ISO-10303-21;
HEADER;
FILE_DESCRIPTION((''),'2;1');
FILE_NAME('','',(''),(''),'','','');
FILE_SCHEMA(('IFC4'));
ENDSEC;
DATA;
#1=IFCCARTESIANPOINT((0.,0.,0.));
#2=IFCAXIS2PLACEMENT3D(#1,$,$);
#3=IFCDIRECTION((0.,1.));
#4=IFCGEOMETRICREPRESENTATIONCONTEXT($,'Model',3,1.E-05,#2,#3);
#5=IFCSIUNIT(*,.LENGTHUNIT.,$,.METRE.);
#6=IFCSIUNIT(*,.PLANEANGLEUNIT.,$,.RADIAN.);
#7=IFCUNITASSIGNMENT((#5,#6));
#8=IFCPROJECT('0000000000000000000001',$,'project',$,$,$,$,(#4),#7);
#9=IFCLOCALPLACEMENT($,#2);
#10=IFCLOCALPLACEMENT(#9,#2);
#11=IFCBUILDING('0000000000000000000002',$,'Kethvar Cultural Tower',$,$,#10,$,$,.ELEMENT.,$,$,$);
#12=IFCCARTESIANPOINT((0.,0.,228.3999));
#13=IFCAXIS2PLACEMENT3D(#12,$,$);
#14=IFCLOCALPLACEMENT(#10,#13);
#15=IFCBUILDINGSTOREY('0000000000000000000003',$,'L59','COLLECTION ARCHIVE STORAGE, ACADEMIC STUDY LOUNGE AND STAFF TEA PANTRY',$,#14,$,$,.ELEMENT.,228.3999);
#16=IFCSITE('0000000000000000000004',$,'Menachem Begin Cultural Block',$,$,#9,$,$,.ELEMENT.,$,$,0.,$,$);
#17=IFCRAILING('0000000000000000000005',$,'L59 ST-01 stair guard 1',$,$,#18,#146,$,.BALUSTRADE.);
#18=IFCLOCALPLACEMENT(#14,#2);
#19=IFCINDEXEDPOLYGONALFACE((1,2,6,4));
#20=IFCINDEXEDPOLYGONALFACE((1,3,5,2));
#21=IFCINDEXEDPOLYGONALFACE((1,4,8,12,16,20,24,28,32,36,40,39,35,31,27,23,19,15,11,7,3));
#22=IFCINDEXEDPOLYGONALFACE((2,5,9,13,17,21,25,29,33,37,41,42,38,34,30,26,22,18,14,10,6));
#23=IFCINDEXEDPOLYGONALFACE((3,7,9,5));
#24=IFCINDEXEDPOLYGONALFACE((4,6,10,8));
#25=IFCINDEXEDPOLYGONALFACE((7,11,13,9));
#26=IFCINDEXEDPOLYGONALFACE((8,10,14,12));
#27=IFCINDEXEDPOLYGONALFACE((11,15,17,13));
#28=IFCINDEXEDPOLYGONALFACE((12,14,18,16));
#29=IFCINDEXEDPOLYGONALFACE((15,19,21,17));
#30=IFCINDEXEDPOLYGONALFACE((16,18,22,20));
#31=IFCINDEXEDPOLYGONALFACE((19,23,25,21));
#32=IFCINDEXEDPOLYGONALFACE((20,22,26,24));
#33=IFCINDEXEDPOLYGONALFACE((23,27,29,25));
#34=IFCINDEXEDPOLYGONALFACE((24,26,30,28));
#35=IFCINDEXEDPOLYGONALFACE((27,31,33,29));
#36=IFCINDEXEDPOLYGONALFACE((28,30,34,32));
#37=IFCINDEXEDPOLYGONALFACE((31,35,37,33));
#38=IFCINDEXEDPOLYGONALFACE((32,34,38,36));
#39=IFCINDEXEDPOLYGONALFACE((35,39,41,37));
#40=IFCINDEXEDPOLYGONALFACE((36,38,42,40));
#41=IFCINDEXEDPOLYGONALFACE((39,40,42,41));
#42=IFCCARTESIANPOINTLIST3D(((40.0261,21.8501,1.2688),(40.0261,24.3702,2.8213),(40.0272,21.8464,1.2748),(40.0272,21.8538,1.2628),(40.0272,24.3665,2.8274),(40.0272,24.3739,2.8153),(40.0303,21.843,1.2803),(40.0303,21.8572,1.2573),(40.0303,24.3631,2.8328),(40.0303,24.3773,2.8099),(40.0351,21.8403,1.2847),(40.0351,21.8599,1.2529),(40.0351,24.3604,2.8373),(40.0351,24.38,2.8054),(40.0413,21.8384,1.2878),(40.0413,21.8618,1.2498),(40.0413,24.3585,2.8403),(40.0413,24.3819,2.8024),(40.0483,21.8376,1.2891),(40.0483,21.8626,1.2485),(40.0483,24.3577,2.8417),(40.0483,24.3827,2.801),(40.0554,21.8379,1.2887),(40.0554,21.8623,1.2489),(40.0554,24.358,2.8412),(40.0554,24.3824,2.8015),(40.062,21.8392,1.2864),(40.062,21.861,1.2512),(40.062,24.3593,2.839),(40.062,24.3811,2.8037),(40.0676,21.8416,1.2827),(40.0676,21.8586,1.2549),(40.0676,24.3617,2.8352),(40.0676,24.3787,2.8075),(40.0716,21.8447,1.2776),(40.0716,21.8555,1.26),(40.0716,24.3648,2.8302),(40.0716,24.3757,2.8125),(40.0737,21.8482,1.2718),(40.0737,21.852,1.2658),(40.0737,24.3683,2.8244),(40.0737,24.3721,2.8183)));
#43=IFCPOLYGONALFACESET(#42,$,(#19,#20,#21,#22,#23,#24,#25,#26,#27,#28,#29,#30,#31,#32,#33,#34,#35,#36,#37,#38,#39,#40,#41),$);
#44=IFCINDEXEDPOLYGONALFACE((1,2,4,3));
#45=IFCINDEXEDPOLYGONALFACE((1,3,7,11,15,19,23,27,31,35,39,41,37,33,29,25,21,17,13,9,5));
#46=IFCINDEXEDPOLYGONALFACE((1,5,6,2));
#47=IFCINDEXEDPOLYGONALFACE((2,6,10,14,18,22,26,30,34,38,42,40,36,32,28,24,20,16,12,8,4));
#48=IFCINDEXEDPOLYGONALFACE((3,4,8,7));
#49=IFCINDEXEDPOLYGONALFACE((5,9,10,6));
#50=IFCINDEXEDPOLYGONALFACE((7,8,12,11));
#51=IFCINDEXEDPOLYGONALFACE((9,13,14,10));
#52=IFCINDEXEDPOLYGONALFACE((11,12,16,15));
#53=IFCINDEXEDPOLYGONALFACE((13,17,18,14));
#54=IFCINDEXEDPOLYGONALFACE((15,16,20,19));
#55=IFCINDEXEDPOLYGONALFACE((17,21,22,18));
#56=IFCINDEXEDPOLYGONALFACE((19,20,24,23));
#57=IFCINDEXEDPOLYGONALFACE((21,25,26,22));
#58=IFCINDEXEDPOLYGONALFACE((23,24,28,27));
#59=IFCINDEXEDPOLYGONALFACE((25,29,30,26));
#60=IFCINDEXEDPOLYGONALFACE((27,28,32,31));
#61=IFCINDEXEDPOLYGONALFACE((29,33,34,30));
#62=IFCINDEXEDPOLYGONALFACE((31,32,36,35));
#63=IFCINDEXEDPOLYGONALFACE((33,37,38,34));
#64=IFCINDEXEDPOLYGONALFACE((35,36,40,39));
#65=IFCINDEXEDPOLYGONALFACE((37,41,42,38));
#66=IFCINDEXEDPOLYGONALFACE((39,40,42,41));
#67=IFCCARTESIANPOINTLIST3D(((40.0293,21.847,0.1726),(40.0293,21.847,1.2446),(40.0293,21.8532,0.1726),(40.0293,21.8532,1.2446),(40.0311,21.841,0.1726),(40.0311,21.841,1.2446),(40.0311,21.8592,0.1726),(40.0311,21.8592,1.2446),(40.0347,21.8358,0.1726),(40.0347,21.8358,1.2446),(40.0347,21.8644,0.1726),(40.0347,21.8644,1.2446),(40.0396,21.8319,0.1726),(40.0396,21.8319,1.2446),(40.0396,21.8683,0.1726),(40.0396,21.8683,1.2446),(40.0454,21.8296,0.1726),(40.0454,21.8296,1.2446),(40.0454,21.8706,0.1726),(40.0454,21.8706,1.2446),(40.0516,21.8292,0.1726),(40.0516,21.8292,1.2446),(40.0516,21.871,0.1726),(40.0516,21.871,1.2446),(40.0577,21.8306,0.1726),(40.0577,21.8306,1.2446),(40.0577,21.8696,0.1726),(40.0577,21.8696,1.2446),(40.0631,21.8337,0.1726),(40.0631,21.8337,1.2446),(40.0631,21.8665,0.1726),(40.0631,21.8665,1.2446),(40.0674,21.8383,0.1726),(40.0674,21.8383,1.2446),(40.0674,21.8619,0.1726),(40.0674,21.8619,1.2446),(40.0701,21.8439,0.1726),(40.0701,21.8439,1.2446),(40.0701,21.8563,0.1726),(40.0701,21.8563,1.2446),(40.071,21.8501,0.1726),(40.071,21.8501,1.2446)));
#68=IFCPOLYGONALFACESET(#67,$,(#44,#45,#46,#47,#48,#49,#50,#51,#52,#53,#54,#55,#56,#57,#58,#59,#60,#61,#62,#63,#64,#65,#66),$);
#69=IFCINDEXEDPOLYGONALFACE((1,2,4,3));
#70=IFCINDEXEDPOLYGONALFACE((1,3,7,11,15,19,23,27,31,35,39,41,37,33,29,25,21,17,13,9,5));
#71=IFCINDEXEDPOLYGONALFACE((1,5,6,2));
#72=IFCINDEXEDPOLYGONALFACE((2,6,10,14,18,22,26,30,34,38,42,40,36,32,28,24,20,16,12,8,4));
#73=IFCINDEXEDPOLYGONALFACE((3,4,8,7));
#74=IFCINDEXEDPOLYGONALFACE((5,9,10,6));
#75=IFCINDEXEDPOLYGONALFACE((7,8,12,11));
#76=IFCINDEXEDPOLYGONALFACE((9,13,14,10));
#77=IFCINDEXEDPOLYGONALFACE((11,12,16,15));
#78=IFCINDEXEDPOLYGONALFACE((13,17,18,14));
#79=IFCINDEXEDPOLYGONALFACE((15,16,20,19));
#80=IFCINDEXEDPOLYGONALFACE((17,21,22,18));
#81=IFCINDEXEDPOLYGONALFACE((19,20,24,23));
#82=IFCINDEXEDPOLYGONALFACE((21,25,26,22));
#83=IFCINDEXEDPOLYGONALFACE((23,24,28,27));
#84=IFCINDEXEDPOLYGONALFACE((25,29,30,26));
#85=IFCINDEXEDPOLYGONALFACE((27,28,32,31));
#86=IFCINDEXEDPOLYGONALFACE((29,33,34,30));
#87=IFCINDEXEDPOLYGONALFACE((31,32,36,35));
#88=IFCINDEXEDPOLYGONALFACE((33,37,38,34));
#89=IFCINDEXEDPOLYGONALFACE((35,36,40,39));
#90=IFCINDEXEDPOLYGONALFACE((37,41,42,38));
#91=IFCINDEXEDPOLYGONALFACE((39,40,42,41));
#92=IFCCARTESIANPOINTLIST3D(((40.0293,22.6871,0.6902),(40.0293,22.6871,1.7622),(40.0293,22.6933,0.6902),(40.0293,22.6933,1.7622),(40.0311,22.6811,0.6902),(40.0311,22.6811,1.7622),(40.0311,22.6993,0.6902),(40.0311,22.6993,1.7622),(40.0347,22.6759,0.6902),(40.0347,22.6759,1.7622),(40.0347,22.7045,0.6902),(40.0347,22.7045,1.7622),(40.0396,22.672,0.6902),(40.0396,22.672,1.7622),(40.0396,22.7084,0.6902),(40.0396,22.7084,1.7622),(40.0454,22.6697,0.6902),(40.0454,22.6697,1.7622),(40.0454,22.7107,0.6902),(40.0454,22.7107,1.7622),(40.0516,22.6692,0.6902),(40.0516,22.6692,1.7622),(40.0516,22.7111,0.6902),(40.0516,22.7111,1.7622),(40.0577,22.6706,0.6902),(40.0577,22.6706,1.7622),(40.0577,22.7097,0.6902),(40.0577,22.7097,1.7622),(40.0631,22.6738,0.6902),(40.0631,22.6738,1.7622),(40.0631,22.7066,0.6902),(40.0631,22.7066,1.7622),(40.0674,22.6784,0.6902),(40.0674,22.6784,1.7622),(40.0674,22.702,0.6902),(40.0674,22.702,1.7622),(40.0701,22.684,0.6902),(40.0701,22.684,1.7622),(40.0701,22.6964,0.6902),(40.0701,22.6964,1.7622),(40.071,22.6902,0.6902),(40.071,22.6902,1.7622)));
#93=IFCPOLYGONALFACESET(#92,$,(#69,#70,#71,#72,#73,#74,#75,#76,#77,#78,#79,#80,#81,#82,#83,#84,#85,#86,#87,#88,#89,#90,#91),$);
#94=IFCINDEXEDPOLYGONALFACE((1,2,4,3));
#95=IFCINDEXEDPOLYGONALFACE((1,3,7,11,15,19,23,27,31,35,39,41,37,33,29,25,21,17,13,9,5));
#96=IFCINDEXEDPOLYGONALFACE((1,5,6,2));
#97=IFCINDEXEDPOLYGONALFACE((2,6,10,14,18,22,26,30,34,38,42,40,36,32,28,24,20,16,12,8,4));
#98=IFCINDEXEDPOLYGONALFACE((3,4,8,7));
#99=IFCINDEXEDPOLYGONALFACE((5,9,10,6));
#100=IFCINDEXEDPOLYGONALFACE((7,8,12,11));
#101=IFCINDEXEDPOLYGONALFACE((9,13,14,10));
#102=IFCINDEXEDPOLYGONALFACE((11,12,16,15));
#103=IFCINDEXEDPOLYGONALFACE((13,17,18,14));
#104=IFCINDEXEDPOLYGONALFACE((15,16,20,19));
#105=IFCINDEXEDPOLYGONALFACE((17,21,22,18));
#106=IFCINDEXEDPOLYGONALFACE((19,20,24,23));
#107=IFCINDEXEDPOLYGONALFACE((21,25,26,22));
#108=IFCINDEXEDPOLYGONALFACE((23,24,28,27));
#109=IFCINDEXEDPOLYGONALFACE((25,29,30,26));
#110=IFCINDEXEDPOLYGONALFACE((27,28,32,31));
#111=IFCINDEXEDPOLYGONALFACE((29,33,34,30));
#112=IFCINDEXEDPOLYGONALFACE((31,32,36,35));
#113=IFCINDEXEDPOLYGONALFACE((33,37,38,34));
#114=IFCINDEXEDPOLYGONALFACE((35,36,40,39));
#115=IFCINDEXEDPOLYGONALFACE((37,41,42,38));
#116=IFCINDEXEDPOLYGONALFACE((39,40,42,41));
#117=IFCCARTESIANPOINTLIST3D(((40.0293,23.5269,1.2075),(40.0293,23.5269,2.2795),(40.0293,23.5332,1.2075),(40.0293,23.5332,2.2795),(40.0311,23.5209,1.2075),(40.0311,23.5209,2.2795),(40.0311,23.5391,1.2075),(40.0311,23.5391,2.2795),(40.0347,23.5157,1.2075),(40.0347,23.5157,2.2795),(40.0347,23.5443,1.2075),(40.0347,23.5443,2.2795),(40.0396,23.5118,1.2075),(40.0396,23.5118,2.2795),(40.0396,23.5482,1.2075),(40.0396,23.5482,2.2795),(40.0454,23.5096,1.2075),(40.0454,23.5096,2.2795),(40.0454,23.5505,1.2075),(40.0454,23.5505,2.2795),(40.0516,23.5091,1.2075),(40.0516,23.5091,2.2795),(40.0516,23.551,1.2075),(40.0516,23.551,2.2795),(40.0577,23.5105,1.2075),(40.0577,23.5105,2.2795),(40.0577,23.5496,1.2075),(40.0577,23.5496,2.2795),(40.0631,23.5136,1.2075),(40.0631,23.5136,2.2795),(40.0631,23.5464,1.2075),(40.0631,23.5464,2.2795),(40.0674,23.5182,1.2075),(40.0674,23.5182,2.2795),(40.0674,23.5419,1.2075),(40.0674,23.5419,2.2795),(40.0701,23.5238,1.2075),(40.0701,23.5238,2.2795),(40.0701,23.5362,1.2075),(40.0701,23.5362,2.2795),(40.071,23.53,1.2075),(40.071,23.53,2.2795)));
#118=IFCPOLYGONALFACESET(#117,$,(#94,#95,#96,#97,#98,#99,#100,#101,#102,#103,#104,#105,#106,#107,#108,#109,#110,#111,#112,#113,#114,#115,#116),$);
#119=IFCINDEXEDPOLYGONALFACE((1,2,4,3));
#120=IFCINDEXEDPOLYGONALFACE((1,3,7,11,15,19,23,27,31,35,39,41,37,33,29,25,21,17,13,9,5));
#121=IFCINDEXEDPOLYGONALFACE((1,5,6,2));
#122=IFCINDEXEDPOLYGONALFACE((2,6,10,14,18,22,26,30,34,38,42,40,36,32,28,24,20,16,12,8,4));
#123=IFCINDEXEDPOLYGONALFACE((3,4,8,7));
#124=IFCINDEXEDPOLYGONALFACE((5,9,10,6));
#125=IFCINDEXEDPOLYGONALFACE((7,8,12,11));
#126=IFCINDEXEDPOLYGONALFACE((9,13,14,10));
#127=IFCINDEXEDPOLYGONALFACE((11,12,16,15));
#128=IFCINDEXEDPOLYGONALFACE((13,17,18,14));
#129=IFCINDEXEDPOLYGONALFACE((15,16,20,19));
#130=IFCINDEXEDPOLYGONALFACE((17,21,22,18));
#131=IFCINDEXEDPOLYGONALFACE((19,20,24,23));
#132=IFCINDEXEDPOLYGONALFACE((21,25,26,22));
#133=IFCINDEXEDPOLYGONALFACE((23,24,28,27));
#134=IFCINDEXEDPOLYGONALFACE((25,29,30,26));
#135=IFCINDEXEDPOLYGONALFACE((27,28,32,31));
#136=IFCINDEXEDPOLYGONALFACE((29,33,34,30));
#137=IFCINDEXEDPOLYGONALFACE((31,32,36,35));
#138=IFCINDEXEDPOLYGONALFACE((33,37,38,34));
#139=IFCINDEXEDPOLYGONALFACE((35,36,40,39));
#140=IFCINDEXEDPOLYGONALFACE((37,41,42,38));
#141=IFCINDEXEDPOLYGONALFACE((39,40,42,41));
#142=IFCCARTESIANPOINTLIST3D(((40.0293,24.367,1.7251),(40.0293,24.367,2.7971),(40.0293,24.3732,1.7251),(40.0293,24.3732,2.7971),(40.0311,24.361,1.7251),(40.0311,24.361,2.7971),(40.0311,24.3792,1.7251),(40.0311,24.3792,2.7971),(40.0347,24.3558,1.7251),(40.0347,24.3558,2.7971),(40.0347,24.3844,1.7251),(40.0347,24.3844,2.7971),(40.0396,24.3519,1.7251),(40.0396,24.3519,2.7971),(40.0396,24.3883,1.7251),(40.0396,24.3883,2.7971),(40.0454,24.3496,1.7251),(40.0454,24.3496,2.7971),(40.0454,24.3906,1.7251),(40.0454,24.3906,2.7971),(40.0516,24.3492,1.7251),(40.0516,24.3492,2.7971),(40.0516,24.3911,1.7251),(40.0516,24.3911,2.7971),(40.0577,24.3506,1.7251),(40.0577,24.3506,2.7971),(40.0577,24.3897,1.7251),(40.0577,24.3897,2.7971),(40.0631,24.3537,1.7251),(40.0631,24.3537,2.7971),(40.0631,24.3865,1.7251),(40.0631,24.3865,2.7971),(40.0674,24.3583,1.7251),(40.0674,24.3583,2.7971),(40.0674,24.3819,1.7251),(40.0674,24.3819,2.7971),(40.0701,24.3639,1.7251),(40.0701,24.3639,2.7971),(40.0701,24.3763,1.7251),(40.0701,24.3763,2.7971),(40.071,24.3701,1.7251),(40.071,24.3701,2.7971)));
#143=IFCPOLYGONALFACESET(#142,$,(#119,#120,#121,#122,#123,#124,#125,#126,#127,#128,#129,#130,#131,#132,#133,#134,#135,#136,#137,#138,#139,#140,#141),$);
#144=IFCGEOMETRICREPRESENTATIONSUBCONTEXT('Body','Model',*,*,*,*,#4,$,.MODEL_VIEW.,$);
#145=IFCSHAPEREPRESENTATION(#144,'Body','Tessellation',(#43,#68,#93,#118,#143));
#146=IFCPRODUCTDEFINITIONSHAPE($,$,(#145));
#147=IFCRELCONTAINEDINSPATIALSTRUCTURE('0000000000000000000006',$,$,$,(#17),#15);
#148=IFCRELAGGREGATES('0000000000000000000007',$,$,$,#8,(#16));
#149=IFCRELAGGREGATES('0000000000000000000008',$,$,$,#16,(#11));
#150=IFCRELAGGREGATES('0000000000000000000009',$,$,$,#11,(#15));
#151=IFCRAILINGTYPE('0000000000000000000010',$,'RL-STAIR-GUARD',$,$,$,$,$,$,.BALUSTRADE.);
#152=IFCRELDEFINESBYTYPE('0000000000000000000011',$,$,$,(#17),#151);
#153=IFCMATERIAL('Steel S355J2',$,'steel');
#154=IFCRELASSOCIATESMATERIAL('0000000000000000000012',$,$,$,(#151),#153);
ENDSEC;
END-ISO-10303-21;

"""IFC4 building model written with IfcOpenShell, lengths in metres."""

from ifc_helpers import new_model, si_unit, direction, frame, origin, origin_2d, place, context, subcontext, project, spatial, circle, extrude, material, type_object, element, save


model = new_model("IFC4")

# Units and contexts
model_context = context("Model", 3, precision=1e-05, world=origin(), true_north=direction((0.0, 1.0)))
body_context = subcontext(model_context, "Body", "Model", "MODEL_VIEW")
ifc_project = project(units=[si_unit("LENGTHUNIT", "METRE"), si_unit("PLANEANGLEUNIT", "RADIAN")], contexts=[model_context])

# Site, building, storey
site_placement = place(None, origin())
site = spatial("IfcSite", under=ifc_project, at=site_placement, Name="Menachem Begin Cultural Block", CompositionType="ELEMENT", RefElevation=0.0)
building_placement = place(site_placement, origin())
building = spatial("IfcBuilding", under=site, at=building_placement, Name="Kethvar Cultural Tower", CompositionType="ELEMENT")
storey_placement = place(building_placement, frame((0.0, 0.0, 228.3999)))
storey = spatial("IfcBuildingStorey", under=building, at=storey_placement, Name="L59", Description="COLLECTION ARCHIVE STORAGE, ACADEMIC STUDY LOUNGE AND STAFF TEA PANTRY", CompositionType="ELEMENT", Elevation=228.3999)

# Shared definitions
ifc_material_1 = material(Name="Steel S355J2", Category="steel")

# Railing
railing_type_1 = type_object("IfcRailingType", Name="RL-STAIR-GUARD", PredefinedType="BALUSTRADE", material=ifc_material_1)
railing_1_placement = place(storey_placement, frame((40.05, 21.8501, 0.1726)))
element("IfcRailing", 1, at=railing_1_placement, inside=storey, type_object=railing_type_1, Name="L59 ST-01 stair guard 1", PredefinedType="BALUSTRADE", context=body_context, shape_type="SweptSolid", body=[
    extrude(circle(Radius=0.0239, at=origin_2d()), frame((0.0, 0.0, 1.0962), z_axis=(0.0, 0.8514, 0.524516), x_axis=(-1.0, 0.0, 0.0)), (0.0, 0.0, 1.0), 2.96),
    extrude(circle(Radius=0.021, at=origin_2d()), origin(), (0.0, 0.0, 1.0), 1.072),
    extrude(circle(Radius=0.021, at=origin_2d()), frame((0.0, 0.8401, 0.5176)), (0.0, 0.0, 1.0), 1.072),
    extrude(circle(Radius=0.021, at=origin_2d()), frame((0.0, 1.6799, 1.0349)), (0.0, 0.0, 1.0), 1.072),
    extrude(circle(Radius=0.021, at=origin_2d()), frame((0.0, 2.52, 1.5525)), (0.0, 0.0, 1.0), 1.072),
])

save(model, "model.ifc")
